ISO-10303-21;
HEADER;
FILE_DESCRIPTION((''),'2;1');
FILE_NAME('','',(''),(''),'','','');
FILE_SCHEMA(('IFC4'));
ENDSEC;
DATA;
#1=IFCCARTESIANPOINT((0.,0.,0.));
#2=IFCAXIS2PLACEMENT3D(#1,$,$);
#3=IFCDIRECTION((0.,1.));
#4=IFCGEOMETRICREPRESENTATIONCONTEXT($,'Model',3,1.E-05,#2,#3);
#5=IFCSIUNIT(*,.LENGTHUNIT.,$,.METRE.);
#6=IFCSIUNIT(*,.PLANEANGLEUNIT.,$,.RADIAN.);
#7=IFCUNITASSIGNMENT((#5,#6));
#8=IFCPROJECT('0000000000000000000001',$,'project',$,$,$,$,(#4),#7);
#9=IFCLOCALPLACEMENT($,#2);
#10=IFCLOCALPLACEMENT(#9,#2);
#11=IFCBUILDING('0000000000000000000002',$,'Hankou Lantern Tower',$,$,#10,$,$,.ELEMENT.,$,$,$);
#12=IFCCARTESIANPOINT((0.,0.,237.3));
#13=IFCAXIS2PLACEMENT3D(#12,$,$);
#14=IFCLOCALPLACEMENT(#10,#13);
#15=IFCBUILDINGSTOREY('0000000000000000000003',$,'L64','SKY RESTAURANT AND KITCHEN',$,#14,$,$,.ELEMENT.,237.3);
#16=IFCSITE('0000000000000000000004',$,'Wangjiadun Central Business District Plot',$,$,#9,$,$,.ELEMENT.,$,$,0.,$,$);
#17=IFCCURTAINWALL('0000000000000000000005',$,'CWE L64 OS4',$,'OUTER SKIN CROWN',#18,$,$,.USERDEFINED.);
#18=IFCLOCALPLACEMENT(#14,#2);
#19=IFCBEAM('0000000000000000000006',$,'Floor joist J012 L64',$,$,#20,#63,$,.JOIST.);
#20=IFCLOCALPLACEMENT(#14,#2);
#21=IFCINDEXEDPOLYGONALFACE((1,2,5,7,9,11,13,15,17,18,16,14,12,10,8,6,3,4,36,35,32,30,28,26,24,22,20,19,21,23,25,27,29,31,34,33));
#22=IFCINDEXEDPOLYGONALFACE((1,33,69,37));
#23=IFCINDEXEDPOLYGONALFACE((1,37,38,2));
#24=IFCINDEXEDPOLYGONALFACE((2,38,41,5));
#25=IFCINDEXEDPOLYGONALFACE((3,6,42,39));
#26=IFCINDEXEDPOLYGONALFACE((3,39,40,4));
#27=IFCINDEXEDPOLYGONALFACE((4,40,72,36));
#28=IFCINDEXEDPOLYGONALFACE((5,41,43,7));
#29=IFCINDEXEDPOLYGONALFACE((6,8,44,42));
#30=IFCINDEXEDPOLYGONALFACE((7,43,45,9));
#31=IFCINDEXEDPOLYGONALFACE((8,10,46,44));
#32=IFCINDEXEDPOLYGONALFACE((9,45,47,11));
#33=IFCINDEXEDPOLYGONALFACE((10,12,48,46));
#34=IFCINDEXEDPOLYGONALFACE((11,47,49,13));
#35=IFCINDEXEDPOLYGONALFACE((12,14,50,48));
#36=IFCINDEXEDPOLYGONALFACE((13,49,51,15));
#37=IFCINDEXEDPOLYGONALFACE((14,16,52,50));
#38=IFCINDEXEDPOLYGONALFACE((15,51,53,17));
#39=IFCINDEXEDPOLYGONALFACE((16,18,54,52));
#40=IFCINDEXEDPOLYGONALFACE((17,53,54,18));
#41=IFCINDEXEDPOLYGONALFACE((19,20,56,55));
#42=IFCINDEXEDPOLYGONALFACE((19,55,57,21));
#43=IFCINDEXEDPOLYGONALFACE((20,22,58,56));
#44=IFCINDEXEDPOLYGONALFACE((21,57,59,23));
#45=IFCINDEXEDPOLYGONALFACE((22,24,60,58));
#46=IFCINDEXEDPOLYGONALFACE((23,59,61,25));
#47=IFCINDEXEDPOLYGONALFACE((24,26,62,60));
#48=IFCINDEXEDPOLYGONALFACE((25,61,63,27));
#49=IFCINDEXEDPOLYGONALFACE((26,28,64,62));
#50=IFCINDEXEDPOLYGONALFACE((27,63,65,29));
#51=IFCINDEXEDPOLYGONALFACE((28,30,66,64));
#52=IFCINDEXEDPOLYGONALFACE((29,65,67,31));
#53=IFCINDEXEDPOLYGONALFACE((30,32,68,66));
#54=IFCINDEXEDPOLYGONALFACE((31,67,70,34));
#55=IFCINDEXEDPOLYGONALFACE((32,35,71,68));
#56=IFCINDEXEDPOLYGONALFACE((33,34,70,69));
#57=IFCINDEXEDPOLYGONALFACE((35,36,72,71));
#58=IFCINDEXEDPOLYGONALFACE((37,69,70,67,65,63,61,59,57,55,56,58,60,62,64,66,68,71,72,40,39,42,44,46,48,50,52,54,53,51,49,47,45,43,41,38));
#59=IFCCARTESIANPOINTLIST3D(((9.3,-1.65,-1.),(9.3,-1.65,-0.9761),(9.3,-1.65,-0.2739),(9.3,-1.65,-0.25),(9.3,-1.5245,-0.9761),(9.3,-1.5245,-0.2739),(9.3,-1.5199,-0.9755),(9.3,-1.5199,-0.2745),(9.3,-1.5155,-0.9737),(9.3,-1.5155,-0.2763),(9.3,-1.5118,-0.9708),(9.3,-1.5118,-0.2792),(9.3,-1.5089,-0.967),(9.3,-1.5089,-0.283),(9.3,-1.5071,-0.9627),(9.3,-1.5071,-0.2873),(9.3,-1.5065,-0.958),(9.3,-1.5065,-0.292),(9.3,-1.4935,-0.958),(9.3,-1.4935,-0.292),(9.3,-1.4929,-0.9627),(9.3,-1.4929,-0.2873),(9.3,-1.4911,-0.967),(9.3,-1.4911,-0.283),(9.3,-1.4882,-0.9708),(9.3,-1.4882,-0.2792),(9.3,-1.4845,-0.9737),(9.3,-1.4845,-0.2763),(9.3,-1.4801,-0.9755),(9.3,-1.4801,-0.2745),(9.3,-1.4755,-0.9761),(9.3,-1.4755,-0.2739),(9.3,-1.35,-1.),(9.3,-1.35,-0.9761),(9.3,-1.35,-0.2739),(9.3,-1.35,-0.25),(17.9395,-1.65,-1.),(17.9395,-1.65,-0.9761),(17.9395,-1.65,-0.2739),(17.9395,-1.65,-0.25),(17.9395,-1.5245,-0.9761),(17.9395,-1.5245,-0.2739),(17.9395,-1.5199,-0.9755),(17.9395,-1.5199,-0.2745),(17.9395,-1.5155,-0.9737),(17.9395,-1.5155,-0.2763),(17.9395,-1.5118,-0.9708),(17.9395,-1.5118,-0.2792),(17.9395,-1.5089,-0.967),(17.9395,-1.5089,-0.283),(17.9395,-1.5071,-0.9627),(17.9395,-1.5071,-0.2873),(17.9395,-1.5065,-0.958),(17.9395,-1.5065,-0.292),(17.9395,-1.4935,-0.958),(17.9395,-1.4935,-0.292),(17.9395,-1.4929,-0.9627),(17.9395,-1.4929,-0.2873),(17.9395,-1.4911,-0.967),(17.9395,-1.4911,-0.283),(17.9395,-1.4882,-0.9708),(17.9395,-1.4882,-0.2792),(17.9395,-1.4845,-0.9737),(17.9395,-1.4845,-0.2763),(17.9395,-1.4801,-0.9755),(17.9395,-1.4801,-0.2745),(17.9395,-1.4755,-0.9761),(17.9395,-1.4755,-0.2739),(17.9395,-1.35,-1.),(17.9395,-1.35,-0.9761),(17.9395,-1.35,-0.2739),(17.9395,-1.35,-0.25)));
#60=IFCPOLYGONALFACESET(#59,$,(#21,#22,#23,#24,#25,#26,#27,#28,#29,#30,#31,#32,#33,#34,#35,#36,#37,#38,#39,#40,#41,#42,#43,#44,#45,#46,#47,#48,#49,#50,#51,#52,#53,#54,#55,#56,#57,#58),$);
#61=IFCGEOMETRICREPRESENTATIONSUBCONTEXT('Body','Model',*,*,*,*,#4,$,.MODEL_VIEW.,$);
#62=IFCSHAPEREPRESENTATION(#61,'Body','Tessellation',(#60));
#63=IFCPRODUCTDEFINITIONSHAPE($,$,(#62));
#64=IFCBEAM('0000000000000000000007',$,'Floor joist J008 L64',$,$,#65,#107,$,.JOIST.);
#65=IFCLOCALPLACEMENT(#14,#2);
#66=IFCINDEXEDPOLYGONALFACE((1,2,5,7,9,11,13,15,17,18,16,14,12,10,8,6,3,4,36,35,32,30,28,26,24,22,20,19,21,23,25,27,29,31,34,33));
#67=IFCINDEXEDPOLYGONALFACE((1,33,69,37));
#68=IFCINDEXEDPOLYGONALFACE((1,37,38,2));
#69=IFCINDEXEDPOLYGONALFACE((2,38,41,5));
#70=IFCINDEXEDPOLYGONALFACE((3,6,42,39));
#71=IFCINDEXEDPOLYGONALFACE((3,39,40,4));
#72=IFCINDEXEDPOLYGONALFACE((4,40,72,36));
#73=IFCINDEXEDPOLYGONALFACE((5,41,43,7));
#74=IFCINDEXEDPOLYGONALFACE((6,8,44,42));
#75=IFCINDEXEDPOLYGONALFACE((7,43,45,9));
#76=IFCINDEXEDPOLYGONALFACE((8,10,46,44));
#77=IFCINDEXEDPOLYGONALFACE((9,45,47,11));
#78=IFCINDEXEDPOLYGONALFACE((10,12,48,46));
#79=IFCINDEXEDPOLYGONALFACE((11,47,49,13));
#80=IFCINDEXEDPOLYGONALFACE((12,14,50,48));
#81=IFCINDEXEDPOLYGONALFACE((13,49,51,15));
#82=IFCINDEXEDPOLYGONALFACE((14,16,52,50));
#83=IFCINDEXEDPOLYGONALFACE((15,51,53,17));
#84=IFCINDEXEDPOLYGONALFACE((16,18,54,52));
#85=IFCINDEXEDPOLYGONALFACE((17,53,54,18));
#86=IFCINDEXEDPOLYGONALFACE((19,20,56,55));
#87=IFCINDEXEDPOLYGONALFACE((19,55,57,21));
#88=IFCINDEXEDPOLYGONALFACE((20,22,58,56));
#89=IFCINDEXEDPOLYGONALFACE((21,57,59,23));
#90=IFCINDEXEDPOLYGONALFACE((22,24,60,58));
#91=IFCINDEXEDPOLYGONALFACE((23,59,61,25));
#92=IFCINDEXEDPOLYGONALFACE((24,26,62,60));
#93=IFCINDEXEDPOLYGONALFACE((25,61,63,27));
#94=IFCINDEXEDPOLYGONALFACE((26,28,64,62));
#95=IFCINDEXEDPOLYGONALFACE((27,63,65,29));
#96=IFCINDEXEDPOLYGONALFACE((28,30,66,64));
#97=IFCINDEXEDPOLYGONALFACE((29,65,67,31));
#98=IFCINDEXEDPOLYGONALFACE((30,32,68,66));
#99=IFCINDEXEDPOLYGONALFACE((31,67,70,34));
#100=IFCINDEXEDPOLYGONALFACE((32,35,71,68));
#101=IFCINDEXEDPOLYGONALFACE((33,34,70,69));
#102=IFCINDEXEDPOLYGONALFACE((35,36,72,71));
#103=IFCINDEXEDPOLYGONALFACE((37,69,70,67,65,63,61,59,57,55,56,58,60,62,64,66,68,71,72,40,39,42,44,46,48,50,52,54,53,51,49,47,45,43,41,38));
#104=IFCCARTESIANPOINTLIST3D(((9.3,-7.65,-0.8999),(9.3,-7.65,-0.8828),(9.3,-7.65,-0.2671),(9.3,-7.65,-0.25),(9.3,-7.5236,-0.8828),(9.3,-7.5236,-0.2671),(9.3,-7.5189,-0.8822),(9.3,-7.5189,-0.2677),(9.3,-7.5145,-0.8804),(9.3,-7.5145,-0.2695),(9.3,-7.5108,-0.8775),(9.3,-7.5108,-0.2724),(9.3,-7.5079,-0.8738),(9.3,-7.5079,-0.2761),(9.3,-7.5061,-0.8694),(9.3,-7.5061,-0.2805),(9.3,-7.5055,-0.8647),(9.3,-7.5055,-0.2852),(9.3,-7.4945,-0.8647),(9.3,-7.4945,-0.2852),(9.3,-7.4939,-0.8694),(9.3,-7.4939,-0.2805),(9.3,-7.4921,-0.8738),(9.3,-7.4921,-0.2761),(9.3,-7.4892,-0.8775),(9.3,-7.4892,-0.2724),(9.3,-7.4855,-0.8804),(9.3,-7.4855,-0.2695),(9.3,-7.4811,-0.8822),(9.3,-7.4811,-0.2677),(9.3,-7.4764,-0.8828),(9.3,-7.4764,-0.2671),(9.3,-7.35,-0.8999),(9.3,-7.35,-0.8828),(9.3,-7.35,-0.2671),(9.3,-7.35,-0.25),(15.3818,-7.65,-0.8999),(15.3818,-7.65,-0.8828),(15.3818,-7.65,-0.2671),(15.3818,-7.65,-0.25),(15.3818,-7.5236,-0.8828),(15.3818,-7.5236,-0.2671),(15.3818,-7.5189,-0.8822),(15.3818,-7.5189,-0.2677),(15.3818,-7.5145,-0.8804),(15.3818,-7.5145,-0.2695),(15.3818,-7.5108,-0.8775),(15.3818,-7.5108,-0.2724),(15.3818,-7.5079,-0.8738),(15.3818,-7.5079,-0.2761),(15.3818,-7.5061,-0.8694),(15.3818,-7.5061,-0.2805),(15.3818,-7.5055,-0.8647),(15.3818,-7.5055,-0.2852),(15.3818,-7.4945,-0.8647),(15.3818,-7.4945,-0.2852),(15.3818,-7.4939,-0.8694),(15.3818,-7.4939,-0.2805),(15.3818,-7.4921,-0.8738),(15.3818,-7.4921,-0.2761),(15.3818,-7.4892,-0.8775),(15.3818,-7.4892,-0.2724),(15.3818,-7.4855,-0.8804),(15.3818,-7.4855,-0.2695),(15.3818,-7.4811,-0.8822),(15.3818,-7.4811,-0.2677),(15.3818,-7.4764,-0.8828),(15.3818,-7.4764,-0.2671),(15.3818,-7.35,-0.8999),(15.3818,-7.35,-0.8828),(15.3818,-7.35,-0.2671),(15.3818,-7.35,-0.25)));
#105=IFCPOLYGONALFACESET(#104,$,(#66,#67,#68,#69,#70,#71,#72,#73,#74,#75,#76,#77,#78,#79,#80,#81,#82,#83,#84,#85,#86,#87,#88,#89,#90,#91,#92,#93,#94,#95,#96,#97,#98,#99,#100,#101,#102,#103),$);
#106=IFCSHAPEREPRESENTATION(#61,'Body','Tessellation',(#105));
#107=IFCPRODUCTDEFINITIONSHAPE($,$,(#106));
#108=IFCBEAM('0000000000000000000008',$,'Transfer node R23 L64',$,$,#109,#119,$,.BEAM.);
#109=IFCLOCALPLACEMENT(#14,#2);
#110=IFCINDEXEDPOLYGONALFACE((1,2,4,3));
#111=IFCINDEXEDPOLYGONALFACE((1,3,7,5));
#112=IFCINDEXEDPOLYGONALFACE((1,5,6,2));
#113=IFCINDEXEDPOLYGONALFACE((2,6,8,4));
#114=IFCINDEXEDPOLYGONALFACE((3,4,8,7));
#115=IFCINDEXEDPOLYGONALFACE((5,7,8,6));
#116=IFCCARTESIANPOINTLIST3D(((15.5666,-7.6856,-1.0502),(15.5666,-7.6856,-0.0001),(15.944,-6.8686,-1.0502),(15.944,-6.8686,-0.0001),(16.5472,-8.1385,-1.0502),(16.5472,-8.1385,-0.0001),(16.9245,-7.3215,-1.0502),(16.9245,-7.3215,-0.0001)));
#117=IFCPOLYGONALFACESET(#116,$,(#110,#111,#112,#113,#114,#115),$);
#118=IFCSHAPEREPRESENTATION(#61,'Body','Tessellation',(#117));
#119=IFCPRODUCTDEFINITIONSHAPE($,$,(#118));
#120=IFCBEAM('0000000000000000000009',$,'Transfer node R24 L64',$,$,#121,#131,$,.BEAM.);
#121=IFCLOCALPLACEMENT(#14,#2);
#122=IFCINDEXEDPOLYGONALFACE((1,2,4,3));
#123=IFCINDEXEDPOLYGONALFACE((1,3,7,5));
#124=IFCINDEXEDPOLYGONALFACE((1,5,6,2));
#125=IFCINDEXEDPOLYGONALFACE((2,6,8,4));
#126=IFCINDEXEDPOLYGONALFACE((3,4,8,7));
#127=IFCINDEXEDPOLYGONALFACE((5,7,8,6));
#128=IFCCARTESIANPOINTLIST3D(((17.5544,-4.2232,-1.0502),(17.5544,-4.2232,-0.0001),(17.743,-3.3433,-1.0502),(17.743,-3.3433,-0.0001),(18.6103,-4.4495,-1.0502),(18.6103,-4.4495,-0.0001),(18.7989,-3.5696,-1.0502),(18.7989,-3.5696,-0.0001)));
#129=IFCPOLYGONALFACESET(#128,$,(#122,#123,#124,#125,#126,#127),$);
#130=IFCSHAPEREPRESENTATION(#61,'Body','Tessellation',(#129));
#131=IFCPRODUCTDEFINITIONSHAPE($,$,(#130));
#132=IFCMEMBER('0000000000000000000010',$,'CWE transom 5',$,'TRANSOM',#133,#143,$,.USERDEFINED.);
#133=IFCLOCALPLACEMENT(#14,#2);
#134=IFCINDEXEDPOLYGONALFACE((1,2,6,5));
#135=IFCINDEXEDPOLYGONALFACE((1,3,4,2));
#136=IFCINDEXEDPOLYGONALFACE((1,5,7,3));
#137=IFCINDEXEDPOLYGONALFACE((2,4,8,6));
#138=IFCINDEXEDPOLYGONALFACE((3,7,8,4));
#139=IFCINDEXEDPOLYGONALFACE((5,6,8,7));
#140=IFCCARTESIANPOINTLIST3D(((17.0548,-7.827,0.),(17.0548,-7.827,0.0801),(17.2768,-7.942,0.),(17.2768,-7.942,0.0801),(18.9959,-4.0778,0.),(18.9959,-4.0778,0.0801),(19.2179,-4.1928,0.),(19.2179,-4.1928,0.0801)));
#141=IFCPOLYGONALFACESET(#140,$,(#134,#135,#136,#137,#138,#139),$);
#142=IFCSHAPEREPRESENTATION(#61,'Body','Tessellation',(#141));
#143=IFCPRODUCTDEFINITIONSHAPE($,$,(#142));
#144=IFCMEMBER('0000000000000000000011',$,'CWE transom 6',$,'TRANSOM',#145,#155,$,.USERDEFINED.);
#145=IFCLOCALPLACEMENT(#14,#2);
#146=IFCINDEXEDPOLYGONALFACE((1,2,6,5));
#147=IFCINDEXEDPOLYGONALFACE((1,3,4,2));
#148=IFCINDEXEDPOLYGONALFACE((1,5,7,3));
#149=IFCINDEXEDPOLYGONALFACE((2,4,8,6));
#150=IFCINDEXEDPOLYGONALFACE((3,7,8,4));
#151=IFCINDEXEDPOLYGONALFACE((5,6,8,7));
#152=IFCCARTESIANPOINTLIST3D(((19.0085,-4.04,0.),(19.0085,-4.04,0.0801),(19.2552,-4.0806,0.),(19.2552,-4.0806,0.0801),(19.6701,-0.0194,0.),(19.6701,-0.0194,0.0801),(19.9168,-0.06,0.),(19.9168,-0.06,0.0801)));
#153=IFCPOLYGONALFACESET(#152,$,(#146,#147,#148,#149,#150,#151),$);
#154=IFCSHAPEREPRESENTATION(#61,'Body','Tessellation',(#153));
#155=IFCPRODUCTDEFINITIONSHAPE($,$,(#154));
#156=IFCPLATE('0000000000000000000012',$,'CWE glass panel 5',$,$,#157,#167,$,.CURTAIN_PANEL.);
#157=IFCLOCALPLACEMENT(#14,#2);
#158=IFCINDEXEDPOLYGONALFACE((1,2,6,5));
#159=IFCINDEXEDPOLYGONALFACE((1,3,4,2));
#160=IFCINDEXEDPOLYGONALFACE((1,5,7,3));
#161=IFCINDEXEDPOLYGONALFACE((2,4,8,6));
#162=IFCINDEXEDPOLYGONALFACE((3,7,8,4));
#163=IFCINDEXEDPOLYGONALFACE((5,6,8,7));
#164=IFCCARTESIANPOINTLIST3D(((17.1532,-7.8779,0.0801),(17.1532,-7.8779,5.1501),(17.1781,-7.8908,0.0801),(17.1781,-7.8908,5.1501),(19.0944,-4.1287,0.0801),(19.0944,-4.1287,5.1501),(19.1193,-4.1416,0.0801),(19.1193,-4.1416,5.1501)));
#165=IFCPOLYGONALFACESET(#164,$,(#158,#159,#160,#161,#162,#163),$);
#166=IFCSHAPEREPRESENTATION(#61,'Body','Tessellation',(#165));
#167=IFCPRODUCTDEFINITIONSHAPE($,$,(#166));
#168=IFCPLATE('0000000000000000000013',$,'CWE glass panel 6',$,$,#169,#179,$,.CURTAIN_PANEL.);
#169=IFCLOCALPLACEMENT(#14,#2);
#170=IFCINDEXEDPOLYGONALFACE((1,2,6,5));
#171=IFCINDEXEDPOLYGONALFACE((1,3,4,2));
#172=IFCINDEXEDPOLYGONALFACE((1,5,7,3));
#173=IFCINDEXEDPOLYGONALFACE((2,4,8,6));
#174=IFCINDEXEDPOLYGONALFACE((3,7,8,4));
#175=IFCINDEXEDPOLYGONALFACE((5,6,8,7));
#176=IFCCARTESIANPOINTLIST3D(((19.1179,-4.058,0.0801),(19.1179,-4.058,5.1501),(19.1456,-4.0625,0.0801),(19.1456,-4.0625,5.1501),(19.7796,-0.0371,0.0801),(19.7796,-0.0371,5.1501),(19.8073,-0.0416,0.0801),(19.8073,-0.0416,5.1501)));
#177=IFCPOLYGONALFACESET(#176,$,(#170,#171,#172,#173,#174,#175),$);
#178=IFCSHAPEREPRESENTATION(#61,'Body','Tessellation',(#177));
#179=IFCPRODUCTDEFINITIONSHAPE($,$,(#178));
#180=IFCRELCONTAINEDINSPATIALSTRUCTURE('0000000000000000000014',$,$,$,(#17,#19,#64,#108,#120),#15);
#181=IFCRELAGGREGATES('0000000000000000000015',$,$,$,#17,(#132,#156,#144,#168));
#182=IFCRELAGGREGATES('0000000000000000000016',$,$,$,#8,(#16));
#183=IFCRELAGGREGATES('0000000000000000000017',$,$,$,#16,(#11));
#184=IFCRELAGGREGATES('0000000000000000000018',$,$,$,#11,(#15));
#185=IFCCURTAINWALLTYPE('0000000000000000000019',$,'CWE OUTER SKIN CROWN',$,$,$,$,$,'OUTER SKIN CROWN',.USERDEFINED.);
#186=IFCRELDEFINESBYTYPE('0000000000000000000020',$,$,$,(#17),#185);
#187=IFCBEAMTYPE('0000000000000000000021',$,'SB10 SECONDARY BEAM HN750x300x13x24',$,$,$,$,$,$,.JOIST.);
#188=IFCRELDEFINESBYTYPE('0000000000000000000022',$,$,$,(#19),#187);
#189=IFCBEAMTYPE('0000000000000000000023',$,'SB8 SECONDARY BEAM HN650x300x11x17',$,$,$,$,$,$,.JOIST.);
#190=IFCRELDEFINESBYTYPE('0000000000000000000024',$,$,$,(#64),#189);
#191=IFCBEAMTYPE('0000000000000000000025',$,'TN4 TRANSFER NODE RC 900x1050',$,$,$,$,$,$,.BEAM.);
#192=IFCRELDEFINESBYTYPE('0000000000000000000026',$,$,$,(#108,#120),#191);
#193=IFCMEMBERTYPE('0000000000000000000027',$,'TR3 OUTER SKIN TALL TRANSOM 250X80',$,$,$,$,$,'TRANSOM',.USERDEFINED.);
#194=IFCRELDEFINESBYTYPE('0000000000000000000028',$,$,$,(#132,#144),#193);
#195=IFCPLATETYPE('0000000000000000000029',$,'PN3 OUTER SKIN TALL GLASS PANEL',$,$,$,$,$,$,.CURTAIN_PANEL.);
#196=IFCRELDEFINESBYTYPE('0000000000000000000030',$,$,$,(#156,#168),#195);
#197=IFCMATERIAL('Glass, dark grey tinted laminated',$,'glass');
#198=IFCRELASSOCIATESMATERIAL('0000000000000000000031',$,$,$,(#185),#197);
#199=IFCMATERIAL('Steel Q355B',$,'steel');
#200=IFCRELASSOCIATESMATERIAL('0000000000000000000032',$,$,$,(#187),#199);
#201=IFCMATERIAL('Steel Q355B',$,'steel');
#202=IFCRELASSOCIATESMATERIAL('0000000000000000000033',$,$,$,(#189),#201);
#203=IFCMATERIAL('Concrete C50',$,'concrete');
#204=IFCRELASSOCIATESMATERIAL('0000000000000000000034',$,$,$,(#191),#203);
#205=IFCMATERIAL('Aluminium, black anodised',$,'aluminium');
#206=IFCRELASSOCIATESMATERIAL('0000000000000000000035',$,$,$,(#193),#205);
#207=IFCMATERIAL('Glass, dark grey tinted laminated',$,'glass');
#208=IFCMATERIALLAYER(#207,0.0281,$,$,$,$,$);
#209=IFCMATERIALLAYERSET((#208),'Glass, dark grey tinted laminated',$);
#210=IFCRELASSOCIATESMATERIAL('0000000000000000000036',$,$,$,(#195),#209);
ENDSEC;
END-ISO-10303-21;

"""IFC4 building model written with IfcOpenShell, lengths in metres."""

from ifc_helpers import new_model, si_unit, direction, frame, origin, origin_2d, place, context, subcontext, project, spatial, rectangle, i_section, extrude, material, layer, layer_set, material_profile, profile_set, type_object, element, aggregate, save


model = new_model("IFC4")

# Units and contexts
model_context = context("Model", 3, precision=1e-05, world=origin(), true_north=direction((0.0, 1.0)))
body_context = subcontext(model_context, "Body", "Model", "MODEL_VIEW")
ifc_project = project(units=[si_unit("LENGTHUNIT", "METRE"), si_unit("PLANEANGLEUNIT", "RADIAN")], contexts=[model_context])

# Site, building, storey
site_placement = place(None, origin())
site = spatial("IfcSite", under=ifc_project, at=site_placement, Name="Wangjiadun Central Business District Plot", CompositionType="ELEMENT", RefElevation=0.0)
building_placement = place(site_placement, origin())
building = spatial("IfcBuilding", under=site, at=building_placement, Name="Hankou Lantern Tower", CompositionType="ELEMENT")
storey_placement = place(building_placement, frame((0.0, 0.0, 237.3)))
storey = spatial("IfcBuildingStorey", under=building, at=storey_placement, Name="L64", Description="SKY RESTAURANT AND KITCHEN", CompositionType="ELEMENT", Elevation=237.3)

# Curtain wall
ifc_material_1 = material(Name="Glass, dark grey tinted laminated", Category="glass")
curtain_wall_type = type_object("IfcCurtainWallType", Name="CWE OUTER SKIN CROWN", ElementType="OUTER SKIN CROWN", PredefinedType="USERDEFINED", material=ifc_material_1)
curtain_wall_placement = place(storey_placement, origin())
curtain_wall = element("IfcCurtainWall", 1, at=curtain_wall_placement, inside=storey, type_object=curtain_wall_type, Name="CWE L64 OS4", ObjectType="OUTER SKIN CROWN", PredefinedType="USERDEFINED")

# Beams
ifc_material_2 = material(Name="Steel Q355B", Category="steel")
ifc_material_profile_1 = material_profile(ifc_material_2, i_section(OverallWidth=0.3, OverallDepth=0.75, WebThickness=0.0129, FlangeThickness=0.0239, FilletRadius=0.0181, at=origin_2d()), Name="HN750x300x13x24")
ifc_profile_set_1 = profile_set([ifc_material_profile_1], Name="Steel Q355B")
beam_type_1 = type_object("IfcBeamType", Name="SB10 SECONDARY BEAM HN750x300x13x24", PredefinedType="JOIST", material=ifc_profile_set_1)
beam_1_placement = place(storey_placement, frame((9.3, -1.5, -0.625), z_axis=(1.0, 0.0, 0.0), x_axis=(0.0, 1.0, 0.0)))
element("IfcBeam", 2, at=beam_1_placement, inside=storey, type_object=beam_type_1, Name="Floor joist J012 L64", PredefinedType="JOIST", context=body_context, shape_type="SweptSolid", body=[
    extrude(i_section(OverallWidth=0.3, OverallDepth=0.75, WebThickness=0.0129, FlangeThickness=0.0239, FilletRadius=0.0181, at=origin_2d()), origin(), (0.0, 0.0, 1.0), 8.6394),
])
ifc_material_3 = material(Name="Steel Q355B", Category="steel")
ifc_material_profile_2 = material_profile(ifc_material_3, i_section(OverallWidth=0.3, OverallDepth=0.6499, WebThickness=0.011, FlangeThickness=0.0171, FilletRadius=0.0181, at=origin_2d()), Name="HN650x300x11x17")
ifc_profile_set_2 = profile_set([ifc_material_profile_2], Name="Steel Q355B")
beam_type_2 = type_object("IfcBeamType", Name="SB8 SECONDARY BEAM HN650x300x11x17", PredefinedType="JOIST", material=ifc_profile_set_2)
beam_2_placement = place(storey_placement, frame((9.3, -7.5, -0.575), z_axis=(1.0, 0.0, 0.0), x_axis=(0.0, 1.0, 0.0)))
element("IfcBeam", 3, at=beam_2_placement, inside=storey, type_object=beam_type_2, Name="Floor joist J008 L64", PredefinedType="JOIST", context=body_context, shape_type="SweptSolid", body=[
    extrude(i_section(OverallWidth=0.3, OverallDepth=0.6499, WebThickness=0.011, FlangeThickness=0.0171, FilletRadius=0.0181, at=origin_2d()), origin(), (0.0, 0.0, 1.0), 6.0818),
])
ifc_material_4 = material(Name="Concrete C50", Category="concrete")
ifc_material_profile_3 = material_profile(ifc_material_4, rectangle(XDim=0.8999, YDim=1.05, at=origin_2d()), Name="RC 900x1050")
ifc_profile_set_3 = profile_set([ifc_material_profile_3], Name="Concrete C50")
beam_type_3 = type_object("IfcBeamType", Name="TN4 TRANSFER NODE RC 900x1050", PredefinedType="BEAM", material=ifc_profile_set_3)
beam_3_placement = place(storey_placement, frame((16.7358, -7.73, -0.5251), z_axis=(-0.907834, 0.419331, 0.0), x_axis=(-0.419331, -0.907834, 0.0)))
element("IfcBeam", 4, at=beam_3_placement, inside=storey, type_object=beam_type_3, Name="Transfer node R23 L64", PredefinedType="BEAM", context=body_context, shape_type="SweptSolid", body=[
    extrude(rectangle(XDim=0.8999, YDim=1.05, at=origin_2d()), origin(), (0.0, 0.0, 1.0), 1.0801),
])
beam_4_placement = place(storey_placement, frame((18.7046, -4.0095, -0.5251), z_axis=(-0.977792, 0.209575, 0.0), x_axis=(-0.209575, -0.977792, 0.0)))
element("IfcBeam", 5, at=beam_4_placement, inside=storey, type_object=beam_type_3, Name="Transfer node R24 L64", PredefinedType="BEAM", context=body_context, shape_type="SweptSolid", body=[
    extrude(rectangle(XDim=0.8999, YDim=1.05, at=origin_2d()), origin(), (0.0, 0.0, 1.0), 1.0798),
])

# Members
ifc_material_5 = material(Name="Aluminium, black anodised", Category="aluminium")
ifc_material_profile_4 = material_profile(ifc_material_5, rectangle(XDim=0.25, YDim=0.0801, at=origin_2d()), Name="TR3 250X80")
ifc_profile_set_4 = profile_set([ifc_material_profile_4], Name="Aluminium, black anodised")
member_type_1 = type_object("IfcMemberType", Name="TR3 OUTER SKIN TALL TRANSOM 250X80", ElementType="TRANSOM", PredefinedType="USERDEFINED", material=ifc_profile_set_4)
member_1_placement = place(storey_placement, frame((17.1658, -7.8845, 0.04), z_axis=(0.459775, 0.888035, 0.0), x_axis=(-0.888035, 0.459775, 0.0)))
member_1 = element("IfcMember", 6, at=member_1_placement, type_object=member_type_1, Name="CWE transom 5", ObjectType="TRANSOM", PredefinedType="USERDEFINED", context=body_context, shape_type="SweptSolid", body=[
    extrude(rectangle(XDim=0.25, YDim=0.0801, at=origin_2d()), origin(), (0.0, 0.0, 1.0), 4.2219),
])
member_2_placement = place(storey_placement, frame((19.1318, -4.0603, 0.04), z_axis=(0.162368, 0.98673, 0.0), x_axis=(-0.98673, 0.162368, 0.0)))
member_2 = element("IfcMember", 7, at=member_2_placement, type_object=member_type_1, Name="CWE transom 6", ObjectType="TRANSOM", PredefinedType="USERDEFINED", context=body_context, shape_type="SweptSolid", body=[
    extrude(rectangle(XDim=0.25, YDim=0.0801, at=origin_2d()), origin(), (0.0, 0.0, 1.0), 4.0747),
])

# Plates
ifc_material_6 = material(Name="Glass, dark grey tinted laminated", Category="glass")
ifc_layer_1 = layer(ifc_material_6, 0.0281)
ifc_layer_set_1 = layer_set([ifc_layer_1], Name="Glass, dark grey tinted laminated")
plate_type = type_object("IfcPlateType", Name="PN3 OUTER SKIN TALL GLASS PANEL", PredefinedType="CURTAIN_PANEL", material=ifc_layer_set_1)
plate_1_placement = place(storey_placement, frame((18.1362, -6.0098, 0.0801), z_axis=(0.0, 0.0, 1.0), x_axis=(0.459791, 0.888027, 0.0)))
plate_1 = element("IfcPlate", 8, at=plate_1_placement, type_object=plate_type, Name="CWE glass panel 5", PredefinedType="CURTAIN_PANEL", context=body_context, shape_type="SweptSolid", body=[
    extrude(rectangle(XDim=4.2219, YDim=0.0281, at=origin_2d()), origin(), (0.0, 0.0, 1.0), 5.0701),
])
plate_2_placement = place(storey_placement, frame((19.4626, -2.0498, 0.0801), z_axis=(0.0, 0.0, 1.0), x_axis=(0.162382, 0.986728, 0.0)))
plate_2 = element("IfcPlate", 9, at=plate_2_placement, type_object=plate_type, Name="CWE glass panel 6", PredefinedType="CURTAIN_PANEL", context=body_context, shape_type="SweptSolid", body=[
    extrude(rectangle(XDim=4.075, YDim=0.0281, at=origin_2d()), origin(), (0.0, 0.0, 1.0), 5.0701),
])
aggregate(curtain_wall, [member_1, plate_1, member_2, plate_2])

save(model, "model.ifc")
